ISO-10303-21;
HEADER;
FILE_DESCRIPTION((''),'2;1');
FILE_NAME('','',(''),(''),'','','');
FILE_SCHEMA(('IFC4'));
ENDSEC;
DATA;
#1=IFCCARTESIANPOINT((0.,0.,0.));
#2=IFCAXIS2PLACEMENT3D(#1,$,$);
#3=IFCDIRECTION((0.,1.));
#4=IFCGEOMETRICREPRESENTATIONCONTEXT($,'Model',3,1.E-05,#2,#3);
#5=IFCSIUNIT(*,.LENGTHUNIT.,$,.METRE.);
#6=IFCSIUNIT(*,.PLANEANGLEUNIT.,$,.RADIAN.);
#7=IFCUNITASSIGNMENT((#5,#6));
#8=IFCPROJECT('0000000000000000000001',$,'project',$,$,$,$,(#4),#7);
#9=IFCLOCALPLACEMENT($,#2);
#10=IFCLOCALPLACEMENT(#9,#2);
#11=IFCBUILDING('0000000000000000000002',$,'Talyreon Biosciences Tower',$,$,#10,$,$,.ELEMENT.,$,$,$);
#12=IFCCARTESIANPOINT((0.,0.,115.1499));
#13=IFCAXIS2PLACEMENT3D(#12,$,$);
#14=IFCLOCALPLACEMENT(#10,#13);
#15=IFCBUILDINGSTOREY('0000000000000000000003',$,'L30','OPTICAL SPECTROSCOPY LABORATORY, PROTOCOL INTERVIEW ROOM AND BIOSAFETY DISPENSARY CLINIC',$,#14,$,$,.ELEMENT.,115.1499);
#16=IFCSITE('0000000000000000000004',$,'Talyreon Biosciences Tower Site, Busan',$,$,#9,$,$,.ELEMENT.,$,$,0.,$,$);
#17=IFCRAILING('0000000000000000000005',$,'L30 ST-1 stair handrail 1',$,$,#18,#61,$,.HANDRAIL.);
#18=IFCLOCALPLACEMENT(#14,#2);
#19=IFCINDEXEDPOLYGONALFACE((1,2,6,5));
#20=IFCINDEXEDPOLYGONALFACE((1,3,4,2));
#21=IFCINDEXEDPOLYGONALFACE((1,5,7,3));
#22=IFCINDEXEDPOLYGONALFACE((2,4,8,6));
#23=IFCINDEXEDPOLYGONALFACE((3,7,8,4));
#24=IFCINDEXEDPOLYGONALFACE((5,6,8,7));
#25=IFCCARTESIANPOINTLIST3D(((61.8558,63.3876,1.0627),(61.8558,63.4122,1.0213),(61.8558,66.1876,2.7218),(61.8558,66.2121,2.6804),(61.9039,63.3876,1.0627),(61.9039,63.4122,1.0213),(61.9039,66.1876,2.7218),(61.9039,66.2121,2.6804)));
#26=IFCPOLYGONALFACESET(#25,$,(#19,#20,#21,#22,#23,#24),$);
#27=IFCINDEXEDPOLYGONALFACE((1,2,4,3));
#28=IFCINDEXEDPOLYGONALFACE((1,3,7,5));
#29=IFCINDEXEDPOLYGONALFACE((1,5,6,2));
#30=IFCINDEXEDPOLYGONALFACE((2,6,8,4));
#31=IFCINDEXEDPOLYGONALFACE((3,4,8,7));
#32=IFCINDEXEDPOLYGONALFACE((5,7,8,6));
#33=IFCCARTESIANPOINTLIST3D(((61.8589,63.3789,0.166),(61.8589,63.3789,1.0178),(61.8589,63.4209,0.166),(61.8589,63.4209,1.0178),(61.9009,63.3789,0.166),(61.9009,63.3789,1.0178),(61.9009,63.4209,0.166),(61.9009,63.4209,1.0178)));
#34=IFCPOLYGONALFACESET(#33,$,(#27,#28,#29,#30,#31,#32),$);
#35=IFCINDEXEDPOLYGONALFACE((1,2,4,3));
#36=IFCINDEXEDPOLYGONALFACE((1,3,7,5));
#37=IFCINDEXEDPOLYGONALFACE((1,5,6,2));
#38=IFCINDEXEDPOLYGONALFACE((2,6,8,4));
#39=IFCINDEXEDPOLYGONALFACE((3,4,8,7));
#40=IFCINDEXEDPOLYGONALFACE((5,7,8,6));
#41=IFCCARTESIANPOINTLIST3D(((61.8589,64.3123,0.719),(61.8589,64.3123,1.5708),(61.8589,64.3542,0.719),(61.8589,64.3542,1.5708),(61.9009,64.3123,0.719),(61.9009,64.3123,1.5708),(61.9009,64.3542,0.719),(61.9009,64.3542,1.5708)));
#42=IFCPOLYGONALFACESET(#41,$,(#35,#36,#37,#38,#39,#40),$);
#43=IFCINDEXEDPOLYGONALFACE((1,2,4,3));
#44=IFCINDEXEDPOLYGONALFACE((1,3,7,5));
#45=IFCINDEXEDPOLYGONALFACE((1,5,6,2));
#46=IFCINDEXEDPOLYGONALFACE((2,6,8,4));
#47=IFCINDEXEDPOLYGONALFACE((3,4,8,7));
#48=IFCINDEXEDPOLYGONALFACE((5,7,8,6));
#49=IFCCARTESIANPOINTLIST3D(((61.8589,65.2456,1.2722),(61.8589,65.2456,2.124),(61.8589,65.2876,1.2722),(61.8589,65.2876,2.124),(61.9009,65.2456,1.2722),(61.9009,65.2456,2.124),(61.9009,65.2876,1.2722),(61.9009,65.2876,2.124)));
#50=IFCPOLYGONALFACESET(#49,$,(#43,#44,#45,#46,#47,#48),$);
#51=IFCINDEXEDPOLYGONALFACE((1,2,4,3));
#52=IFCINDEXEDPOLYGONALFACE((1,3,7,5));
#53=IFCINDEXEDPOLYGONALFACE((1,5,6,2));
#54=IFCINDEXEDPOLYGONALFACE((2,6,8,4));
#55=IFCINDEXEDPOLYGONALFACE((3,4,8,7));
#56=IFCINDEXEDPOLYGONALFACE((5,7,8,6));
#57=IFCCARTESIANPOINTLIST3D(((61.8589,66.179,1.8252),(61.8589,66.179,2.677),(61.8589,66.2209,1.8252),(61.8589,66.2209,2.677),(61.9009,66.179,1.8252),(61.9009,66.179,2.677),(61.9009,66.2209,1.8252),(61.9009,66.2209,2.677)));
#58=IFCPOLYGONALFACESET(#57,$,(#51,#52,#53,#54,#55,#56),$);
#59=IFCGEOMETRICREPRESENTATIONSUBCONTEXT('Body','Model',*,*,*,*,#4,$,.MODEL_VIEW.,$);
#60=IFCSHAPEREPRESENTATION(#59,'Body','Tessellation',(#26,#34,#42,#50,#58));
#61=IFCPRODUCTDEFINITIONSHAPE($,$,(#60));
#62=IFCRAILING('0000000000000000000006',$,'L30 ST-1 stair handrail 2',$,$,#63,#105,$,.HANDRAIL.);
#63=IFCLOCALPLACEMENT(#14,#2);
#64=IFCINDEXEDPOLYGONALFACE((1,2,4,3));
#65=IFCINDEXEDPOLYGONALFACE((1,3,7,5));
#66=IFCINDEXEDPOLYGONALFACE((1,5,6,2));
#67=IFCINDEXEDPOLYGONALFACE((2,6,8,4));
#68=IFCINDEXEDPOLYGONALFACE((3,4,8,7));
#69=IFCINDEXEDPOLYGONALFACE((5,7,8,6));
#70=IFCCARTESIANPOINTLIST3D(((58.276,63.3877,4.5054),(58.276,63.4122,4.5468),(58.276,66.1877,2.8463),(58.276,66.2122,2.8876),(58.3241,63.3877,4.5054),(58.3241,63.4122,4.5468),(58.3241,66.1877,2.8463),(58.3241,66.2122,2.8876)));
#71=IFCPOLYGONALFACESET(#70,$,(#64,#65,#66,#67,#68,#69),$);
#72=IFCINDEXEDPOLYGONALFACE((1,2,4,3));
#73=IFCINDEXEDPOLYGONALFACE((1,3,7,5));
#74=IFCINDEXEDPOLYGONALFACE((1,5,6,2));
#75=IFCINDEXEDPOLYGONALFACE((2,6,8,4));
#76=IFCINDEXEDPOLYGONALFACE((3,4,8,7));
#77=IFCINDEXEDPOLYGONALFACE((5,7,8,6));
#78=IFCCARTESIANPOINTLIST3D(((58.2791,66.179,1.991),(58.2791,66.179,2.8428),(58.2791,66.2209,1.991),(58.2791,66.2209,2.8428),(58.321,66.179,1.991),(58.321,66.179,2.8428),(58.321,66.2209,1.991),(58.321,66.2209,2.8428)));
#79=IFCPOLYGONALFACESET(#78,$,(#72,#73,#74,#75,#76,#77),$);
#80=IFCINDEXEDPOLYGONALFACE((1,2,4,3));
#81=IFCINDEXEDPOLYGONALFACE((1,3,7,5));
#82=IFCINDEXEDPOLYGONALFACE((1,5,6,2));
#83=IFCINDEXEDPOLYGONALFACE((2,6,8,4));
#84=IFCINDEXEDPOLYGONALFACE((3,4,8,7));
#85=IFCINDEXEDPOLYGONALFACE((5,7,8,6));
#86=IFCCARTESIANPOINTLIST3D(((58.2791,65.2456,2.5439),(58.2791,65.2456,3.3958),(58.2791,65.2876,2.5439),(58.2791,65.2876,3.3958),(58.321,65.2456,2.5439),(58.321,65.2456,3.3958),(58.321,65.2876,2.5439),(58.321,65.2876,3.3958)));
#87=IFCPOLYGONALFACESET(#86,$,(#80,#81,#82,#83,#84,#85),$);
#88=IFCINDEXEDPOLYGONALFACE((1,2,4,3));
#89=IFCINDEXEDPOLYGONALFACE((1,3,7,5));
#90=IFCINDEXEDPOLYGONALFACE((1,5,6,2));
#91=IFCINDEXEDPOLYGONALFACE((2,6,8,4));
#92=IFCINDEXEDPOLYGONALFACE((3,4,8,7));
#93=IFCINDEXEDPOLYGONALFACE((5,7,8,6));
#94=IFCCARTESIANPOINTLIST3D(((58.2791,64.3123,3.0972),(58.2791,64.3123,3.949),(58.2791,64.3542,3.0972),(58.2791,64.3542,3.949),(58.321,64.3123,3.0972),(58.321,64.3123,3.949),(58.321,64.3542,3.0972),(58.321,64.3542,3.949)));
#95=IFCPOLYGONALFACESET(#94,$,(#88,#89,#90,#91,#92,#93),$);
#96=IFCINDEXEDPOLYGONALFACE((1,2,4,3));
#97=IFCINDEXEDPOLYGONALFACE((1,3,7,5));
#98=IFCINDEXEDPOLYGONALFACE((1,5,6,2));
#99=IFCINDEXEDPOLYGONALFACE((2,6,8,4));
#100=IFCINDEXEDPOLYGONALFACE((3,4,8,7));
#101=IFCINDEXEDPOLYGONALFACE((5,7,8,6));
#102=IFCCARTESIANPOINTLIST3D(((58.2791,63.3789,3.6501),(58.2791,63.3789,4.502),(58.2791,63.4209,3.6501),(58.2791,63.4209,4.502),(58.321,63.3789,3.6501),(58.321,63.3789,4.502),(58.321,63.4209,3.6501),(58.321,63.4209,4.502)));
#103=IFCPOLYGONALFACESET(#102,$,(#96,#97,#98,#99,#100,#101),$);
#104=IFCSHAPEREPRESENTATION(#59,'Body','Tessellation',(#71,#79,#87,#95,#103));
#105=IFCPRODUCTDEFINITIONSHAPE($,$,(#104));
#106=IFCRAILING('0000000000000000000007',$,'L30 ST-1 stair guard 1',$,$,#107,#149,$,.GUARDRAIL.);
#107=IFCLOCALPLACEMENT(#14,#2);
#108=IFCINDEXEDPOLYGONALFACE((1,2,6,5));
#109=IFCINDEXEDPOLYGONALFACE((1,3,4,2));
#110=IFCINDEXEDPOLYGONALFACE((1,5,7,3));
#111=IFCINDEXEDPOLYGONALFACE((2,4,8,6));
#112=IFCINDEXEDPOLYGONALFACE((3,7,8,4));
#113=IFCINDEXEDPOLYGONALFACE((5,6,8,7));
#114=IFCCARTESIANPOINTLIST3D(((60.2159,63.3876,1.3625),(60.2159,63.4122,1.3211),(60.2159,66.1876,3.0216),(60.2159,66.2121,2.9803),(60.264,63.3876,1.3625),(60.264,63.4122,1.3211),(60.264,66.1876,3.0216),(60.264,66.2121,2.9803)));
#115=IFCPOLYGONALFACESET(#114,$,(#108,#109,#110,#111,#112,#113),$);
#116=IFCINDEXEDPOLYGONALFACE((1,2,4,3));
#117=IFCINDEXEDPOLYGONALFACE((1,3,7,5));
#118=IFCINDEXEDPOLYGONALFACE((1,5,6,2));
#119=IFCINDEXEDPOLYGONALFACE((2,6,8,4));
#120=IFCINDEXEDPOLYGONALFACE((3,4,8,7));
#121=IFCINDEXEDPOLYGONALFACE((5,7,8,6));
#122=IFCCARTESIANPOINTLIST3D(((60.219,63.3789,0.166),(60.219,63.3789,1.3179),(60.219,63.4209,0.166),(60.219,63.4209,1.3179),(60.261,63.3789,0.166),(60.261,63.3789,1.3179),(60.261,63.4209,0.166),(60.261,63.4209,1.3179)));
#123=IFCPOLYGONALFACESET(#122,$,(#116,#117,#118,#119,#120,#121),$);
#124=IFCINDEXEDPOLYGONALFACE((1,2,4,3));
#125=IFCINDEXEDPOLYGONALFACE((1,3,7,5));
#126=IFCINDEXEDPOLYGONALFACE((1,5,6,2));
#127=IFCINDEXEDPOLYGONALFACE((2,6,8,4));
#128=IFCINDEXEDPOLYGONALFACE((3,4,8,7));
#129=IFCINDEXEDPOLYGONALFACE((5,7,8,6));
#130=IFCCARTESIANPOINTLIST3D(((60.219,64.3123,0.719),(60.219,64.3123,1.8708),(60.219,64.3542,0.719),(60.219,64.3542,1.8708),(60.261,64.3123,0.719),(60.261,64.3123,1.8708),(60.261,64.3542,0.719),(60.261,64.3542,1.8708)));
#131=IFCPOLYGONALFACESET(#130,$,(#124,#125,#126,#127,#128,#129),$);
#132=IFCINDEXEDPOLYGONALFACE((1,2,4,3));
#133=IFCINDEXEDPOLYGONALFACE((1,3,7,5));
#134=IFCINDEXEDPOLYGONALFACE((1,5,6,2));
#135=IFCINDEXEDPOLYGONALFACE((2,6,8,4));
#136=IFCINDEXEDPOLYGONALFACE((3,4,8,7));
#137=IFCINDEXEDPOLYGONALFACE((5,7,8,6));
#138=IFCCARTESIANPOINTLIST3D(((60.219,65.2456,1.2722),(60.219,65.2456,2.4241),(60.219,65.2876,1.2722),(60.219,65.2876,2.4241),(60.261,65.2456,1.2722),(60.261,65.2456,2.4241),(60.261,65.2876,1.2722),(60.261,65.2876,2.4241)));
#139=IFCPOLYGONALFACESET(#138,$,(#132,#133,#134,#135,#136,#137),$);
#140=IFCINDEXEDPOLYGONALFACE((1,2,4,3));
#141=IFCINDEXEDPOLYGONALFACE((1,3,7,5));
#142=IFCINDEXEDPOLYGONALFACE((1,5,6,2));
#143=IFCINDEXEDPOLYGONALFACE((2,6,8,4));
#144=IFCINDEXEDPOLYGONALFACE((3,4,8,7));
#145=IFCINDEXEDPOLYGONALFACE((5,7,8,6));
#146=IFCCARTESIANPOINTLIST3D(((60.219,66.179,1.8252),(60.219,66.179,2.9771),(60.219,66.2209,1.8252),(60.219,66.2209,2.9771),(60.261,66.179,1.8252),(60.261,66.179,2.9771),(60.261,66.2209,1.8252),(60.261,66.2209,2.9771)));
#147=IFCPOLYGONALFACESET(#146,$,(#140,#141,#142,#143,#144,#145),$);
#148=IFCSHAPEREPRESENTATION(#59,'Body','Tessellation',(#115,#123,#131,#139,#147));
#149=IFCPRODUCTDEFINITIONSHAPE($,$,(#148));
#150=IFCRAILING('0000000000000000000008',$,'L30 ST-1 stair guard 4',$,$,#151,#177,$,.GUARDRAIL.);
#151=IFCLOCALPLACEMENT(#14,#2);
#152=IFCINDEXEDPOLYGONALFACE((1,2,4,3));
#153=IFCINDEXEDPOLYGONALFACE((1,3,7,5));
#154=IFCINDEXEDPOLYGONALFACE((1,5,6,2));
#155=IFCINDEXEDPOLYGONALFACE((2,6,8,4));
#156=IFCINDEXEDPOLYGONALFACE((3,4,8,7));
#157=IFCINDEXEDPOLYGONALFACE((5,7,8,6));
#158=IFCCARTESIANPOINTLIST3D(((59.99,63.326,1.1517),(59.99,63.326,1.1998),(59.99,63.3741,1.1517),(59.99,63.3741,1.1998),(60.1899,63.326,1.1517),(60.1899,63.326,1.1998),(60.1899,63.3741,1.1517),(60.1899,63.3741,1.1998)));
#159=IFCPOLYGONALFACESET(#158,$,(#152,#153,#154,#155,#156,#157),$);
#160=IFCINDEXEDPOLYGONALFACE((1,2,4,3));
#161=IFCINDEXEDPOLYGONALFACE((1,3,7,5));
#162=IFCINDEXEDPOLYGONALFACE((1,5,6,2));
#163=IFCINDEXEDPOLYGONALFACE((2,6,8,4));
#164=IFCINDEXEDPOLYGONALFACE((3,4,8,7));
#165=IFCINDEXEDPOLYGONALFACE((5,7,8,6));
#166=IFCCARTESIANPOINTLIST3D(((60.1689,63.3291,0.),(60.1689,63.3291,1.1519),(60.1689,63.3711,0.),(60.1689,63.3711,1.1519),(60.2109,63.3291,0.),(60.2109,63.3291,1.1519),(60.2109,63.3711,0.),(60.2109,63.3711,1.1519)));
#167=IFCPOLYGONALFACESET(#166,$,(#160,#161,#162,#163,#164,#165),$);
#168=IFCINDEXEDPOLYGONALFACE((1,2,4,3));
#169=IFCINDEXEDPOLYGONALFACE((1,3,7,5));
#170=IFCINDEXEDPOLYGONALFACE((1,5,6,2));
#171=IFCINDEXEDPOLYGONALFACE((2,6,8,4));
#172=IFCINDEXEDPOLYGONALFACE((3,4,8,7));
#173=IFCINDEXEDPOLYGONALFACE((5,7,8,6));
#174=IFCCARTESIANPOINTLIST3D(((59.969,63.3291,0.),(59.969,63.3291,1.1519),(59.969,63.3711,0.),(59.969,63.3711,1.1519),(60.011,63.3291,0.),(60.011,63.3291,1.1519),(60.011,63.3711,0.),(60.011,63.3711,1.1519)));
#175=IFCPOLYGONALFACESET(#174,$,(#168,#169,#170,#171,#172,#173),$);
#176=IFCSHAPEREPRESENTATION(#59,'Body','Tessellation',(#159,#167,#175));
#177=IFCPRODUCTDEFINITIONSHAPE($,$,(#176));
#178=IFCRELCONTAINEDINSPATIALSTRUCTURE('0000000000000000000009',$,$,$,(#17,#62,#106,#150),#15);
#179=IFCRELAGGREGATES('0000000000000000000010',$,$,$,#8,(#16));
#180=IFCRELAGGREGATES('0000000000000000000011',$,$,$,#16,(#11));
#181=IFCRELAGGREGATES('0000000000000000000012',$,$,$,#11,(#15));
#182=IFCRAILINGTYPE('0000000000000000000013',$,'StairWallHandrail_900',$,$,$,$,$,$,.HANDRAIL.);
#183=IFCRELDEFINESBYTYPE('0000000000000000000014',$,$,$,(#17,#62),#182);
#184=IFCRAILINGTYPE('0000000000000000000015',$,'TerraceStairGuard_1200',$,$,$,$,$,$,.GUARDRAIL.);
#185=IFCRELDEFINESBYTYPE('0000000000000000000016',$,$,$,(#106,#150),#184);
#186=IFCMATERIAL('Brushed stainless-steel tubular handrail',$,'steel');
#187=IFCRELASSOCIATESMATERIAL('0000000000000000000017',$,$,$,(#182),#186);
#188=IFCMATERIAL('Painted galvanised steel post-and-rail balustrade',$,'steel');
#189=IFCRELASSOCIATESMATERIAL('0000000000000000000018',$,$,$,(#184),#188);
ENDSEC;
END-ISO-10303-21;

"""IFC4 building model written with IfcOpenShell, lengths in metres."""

from ifc_helpers import new_model, si_unit, direction, frame, origin, origin_2d, place, context, subcontext, project, spatial, rectangle, extrude, material, type_object, element, save


model = new_model("IFC4")

# Units and contexts
model_context = context("Model", 3, precision=1e-05, world=origin(), true_north=direction((0.0, 1.0)))
body_context = subcontext(model_context, "Body", "Model", "MODEL_VIEW")
ifc_project = project(units=[si_unit("LENGTHUNIT", "METRE"), si_unit("PLANEANGLEUNIT", "RADIAN")], contexts=[model_context])

# Site, building, storey
site_placement = place(None, origin())
site = spatial("IfcSite", under=ifc_project, at=site_placement, Name="Talyreon Biosciences Tower Site, Busan", CompositionType="ELEMENT", RefElevation=0.0)
building_placement = place(site_placement, origin())
building = spatial("IfcBuilding", under=site, at=building_placement, Name="Talyreon Biosciences Tower", CompositionType="ELEMENT")
storey_placement = place(building_placement, frame((0.0, 0.0, 115.1499)))
storey = spatial("IfcBuildingStorey", under=building, at=storey_placement, Name="L30", Description="OPTICAL SPECTROSCOPY LABORATORY, PROTOCOL INTERVIEW ROOM AND BIOSAFETY DISPENSARY CLINIC", CompositionType="ELEMENT", Elevation=115.1499)

# Railings
ifc_material_1 = material(Name="Brushed stainless-steel tubular handrail", Category="steel")
railing_type_1 = type_object("IfcRailingType", Name="StairWallHandrail_900", PredefinedType="HANDRAIL", material=ifc_material_1)
railing_1_placement = place(storey_placement, frame((61.8799, 63.3999, 0.166)))
element("IfcRailing", 1, at=railing_1_placement, inside=storey, type_object=railing_type_1, Name="L30 ST-1 stair handrail 1", PredefinedType="HANDRAIL", context=body_context, shape_type="SweptSolid", body=[
    extrude(rectangle(XDim=0.0481, YDim=0.0481, at=origin_2d()), frame((0.0, 0.0, 0.876), z_axis=(0.0, 0.860306, 0.509778), x_axis=(-1.0, 0.0, 0.0)), (0.0, 0.0, 1.0), 3.2546),
    extrude(rectangle(XDim=0.042, YDim=0.042, at=origin_2d()), origin(), (0.0, 0.0, 1.0), 0.8518),
    extrude(rectangle(XDim=0.042, YDim=0.042, at=origin_2d()), frame((0.0, 0.9333, 0.553)), (0.0, 0.0, 1.0), 0.8518),
    extrude(rectangle(XDim=0.042, YDim=0.042, at=origin_2d()), frame((0.0, 1.8667, 1.1062)), (0.0, 0.0, 1.0), 0.8518),
    extrude(rectangle(XDim=0.042, YDim=0.042, at=origin_2d()), frame((0.0, 2.8, 1.6592)), (0.0, 0.0, 1.0), 0.8518),
])
railing_2_placement = place(storey_placement, frame((58.3, 66.2, 1.991)))
element("IfcRailing", 2, at=railing_2_placement, inside=storey, type_object=railing_type_1, Name="L30 ST-1 stair handrail 2", PredefinedType="HANDRAIL", context=body_context, shape_type="SweptSolid", body=[
    extrude(rectangle(XDim=0.0481, YDim=0.0481, at=origin_2d()), frame((0.0, 0.0, 0.876), z_axis=(0.0, -0.860306, 0.509778), x_axis=(1.0, 0.0, 0.0)), (0.0, 0.0, 1.0), 3.2546),
    extrude(rectangle(XDim=0.042, YDim=0.042, at=origin_2d()), origin(), (0.0, 0.0, 1.0), 0.8518),
    extrude(rectangle(XDim=0.042, YDim=0.042, at=origin_2d()), frame((0.0, -0.9333, 0.553)), (0.0, 0.0, 1.0), 0.8518),
    extrude(rectangle(XDim=0.042, YDim=0.042, at=origin_2d()), frame((0.0, -1.8667, 1.1062)), (0.0, 0.0, 1.0), 0.8518),
    extrude(rectangle(XDim=0.042, YDim=0.042, at=origin_2d()), frame((0.0, -2.8, 1.6592)), (0.0, 0.0, 1.0), 0.8518),
])
ifc_material_2 = material(Name="Painted galvanised steel post-and-rail balustrade", Category="steel")
railing_type_2 = type_object("IfcRailingType", Name="TerraceStairGuard_1200", PredefinedType="GUARDRAIL", material=ifc_material_2)
railing_3_placement = place(storey_placement, frame((60.24, 63.3999, 0.166)))
element("IfcRailing", 3, at=railing_3_placement, inside=storey, type_object=railing_type_2, Name="L30 ST-1 stair guard 1", PredefinedType="GUARDRAIL", context=body_context, shape_type="SweptSolid", body=[
    extrude(rectangle(XDim=0.0481, YDim=0.0481, at=origin_2d()), frame((0.0, 0.0, 1.1758), z_axis=(0.0, 0.860306, 0.509778), x_axis=(-1.0, 0.0, 0.0)), (0.0, 0.0, 1.0), 3.2546),
    extrude(rectangle(XDim=0.042, YDim=0.042, at=origin_2d()), origin(), (0.0, 0.0, 1.0), 1.1519),
    extrude(rectangle(XDim=0.042, YDim=0.042, at=origin_2d()), frame((0.0, 0.9333, 0.553)), (0.0, 0.0, 1.0), 1.1519),
    extrude(rectangle(XDim=0.042, YDim=0.042, at=origin_2d()), frame((0.0, 1.8667, 1.1062)), (0.0, 0.0, 1.0), 1.1519),
    extrude(rectangle(XDim=0.042, YDim=0.042, at=origin_2d()), frame((0.0, 2.8, 1.6592)), (0.0, 0.0, 1.0), 1.1519),
])
railing_4_placement = place(storey_placement, frame((60.1899, 63.3501, 0.0)))
element("IfcRailing", 4, at=railing_4_placement, inside=storey, type_object=railing_type_2, Name="L30 ST-1 stair guard 4", PredefinedType="GUARDRAIL", context=body_context, shape_type="SweptSolid", body=[
    extrude(rectangle(XDim=0.0481, YDim=0.0481, at=origin_2d()), frame((0.0, 0.0, 1.1758), z_axis=(-1.0, 0.0, 0.0), x_axis=(0.0, -1.0, 0.0)), (0.0, 0.0, 1.0), 0.2),
    extrude(rectangle(XDim=0.042, YDim=0.042, at=origin_2d()), origin(), (0.0, 0.0, 1.0), 1.1519),
    extrude(rectangle(XDim=0.042, YDim=0.042, at=origin_2d()), frame((-0.2, 0.0, 0.0)), (0.0, 0.0, 1.0), 1.1519),
])

save(model, "model.ifc")
